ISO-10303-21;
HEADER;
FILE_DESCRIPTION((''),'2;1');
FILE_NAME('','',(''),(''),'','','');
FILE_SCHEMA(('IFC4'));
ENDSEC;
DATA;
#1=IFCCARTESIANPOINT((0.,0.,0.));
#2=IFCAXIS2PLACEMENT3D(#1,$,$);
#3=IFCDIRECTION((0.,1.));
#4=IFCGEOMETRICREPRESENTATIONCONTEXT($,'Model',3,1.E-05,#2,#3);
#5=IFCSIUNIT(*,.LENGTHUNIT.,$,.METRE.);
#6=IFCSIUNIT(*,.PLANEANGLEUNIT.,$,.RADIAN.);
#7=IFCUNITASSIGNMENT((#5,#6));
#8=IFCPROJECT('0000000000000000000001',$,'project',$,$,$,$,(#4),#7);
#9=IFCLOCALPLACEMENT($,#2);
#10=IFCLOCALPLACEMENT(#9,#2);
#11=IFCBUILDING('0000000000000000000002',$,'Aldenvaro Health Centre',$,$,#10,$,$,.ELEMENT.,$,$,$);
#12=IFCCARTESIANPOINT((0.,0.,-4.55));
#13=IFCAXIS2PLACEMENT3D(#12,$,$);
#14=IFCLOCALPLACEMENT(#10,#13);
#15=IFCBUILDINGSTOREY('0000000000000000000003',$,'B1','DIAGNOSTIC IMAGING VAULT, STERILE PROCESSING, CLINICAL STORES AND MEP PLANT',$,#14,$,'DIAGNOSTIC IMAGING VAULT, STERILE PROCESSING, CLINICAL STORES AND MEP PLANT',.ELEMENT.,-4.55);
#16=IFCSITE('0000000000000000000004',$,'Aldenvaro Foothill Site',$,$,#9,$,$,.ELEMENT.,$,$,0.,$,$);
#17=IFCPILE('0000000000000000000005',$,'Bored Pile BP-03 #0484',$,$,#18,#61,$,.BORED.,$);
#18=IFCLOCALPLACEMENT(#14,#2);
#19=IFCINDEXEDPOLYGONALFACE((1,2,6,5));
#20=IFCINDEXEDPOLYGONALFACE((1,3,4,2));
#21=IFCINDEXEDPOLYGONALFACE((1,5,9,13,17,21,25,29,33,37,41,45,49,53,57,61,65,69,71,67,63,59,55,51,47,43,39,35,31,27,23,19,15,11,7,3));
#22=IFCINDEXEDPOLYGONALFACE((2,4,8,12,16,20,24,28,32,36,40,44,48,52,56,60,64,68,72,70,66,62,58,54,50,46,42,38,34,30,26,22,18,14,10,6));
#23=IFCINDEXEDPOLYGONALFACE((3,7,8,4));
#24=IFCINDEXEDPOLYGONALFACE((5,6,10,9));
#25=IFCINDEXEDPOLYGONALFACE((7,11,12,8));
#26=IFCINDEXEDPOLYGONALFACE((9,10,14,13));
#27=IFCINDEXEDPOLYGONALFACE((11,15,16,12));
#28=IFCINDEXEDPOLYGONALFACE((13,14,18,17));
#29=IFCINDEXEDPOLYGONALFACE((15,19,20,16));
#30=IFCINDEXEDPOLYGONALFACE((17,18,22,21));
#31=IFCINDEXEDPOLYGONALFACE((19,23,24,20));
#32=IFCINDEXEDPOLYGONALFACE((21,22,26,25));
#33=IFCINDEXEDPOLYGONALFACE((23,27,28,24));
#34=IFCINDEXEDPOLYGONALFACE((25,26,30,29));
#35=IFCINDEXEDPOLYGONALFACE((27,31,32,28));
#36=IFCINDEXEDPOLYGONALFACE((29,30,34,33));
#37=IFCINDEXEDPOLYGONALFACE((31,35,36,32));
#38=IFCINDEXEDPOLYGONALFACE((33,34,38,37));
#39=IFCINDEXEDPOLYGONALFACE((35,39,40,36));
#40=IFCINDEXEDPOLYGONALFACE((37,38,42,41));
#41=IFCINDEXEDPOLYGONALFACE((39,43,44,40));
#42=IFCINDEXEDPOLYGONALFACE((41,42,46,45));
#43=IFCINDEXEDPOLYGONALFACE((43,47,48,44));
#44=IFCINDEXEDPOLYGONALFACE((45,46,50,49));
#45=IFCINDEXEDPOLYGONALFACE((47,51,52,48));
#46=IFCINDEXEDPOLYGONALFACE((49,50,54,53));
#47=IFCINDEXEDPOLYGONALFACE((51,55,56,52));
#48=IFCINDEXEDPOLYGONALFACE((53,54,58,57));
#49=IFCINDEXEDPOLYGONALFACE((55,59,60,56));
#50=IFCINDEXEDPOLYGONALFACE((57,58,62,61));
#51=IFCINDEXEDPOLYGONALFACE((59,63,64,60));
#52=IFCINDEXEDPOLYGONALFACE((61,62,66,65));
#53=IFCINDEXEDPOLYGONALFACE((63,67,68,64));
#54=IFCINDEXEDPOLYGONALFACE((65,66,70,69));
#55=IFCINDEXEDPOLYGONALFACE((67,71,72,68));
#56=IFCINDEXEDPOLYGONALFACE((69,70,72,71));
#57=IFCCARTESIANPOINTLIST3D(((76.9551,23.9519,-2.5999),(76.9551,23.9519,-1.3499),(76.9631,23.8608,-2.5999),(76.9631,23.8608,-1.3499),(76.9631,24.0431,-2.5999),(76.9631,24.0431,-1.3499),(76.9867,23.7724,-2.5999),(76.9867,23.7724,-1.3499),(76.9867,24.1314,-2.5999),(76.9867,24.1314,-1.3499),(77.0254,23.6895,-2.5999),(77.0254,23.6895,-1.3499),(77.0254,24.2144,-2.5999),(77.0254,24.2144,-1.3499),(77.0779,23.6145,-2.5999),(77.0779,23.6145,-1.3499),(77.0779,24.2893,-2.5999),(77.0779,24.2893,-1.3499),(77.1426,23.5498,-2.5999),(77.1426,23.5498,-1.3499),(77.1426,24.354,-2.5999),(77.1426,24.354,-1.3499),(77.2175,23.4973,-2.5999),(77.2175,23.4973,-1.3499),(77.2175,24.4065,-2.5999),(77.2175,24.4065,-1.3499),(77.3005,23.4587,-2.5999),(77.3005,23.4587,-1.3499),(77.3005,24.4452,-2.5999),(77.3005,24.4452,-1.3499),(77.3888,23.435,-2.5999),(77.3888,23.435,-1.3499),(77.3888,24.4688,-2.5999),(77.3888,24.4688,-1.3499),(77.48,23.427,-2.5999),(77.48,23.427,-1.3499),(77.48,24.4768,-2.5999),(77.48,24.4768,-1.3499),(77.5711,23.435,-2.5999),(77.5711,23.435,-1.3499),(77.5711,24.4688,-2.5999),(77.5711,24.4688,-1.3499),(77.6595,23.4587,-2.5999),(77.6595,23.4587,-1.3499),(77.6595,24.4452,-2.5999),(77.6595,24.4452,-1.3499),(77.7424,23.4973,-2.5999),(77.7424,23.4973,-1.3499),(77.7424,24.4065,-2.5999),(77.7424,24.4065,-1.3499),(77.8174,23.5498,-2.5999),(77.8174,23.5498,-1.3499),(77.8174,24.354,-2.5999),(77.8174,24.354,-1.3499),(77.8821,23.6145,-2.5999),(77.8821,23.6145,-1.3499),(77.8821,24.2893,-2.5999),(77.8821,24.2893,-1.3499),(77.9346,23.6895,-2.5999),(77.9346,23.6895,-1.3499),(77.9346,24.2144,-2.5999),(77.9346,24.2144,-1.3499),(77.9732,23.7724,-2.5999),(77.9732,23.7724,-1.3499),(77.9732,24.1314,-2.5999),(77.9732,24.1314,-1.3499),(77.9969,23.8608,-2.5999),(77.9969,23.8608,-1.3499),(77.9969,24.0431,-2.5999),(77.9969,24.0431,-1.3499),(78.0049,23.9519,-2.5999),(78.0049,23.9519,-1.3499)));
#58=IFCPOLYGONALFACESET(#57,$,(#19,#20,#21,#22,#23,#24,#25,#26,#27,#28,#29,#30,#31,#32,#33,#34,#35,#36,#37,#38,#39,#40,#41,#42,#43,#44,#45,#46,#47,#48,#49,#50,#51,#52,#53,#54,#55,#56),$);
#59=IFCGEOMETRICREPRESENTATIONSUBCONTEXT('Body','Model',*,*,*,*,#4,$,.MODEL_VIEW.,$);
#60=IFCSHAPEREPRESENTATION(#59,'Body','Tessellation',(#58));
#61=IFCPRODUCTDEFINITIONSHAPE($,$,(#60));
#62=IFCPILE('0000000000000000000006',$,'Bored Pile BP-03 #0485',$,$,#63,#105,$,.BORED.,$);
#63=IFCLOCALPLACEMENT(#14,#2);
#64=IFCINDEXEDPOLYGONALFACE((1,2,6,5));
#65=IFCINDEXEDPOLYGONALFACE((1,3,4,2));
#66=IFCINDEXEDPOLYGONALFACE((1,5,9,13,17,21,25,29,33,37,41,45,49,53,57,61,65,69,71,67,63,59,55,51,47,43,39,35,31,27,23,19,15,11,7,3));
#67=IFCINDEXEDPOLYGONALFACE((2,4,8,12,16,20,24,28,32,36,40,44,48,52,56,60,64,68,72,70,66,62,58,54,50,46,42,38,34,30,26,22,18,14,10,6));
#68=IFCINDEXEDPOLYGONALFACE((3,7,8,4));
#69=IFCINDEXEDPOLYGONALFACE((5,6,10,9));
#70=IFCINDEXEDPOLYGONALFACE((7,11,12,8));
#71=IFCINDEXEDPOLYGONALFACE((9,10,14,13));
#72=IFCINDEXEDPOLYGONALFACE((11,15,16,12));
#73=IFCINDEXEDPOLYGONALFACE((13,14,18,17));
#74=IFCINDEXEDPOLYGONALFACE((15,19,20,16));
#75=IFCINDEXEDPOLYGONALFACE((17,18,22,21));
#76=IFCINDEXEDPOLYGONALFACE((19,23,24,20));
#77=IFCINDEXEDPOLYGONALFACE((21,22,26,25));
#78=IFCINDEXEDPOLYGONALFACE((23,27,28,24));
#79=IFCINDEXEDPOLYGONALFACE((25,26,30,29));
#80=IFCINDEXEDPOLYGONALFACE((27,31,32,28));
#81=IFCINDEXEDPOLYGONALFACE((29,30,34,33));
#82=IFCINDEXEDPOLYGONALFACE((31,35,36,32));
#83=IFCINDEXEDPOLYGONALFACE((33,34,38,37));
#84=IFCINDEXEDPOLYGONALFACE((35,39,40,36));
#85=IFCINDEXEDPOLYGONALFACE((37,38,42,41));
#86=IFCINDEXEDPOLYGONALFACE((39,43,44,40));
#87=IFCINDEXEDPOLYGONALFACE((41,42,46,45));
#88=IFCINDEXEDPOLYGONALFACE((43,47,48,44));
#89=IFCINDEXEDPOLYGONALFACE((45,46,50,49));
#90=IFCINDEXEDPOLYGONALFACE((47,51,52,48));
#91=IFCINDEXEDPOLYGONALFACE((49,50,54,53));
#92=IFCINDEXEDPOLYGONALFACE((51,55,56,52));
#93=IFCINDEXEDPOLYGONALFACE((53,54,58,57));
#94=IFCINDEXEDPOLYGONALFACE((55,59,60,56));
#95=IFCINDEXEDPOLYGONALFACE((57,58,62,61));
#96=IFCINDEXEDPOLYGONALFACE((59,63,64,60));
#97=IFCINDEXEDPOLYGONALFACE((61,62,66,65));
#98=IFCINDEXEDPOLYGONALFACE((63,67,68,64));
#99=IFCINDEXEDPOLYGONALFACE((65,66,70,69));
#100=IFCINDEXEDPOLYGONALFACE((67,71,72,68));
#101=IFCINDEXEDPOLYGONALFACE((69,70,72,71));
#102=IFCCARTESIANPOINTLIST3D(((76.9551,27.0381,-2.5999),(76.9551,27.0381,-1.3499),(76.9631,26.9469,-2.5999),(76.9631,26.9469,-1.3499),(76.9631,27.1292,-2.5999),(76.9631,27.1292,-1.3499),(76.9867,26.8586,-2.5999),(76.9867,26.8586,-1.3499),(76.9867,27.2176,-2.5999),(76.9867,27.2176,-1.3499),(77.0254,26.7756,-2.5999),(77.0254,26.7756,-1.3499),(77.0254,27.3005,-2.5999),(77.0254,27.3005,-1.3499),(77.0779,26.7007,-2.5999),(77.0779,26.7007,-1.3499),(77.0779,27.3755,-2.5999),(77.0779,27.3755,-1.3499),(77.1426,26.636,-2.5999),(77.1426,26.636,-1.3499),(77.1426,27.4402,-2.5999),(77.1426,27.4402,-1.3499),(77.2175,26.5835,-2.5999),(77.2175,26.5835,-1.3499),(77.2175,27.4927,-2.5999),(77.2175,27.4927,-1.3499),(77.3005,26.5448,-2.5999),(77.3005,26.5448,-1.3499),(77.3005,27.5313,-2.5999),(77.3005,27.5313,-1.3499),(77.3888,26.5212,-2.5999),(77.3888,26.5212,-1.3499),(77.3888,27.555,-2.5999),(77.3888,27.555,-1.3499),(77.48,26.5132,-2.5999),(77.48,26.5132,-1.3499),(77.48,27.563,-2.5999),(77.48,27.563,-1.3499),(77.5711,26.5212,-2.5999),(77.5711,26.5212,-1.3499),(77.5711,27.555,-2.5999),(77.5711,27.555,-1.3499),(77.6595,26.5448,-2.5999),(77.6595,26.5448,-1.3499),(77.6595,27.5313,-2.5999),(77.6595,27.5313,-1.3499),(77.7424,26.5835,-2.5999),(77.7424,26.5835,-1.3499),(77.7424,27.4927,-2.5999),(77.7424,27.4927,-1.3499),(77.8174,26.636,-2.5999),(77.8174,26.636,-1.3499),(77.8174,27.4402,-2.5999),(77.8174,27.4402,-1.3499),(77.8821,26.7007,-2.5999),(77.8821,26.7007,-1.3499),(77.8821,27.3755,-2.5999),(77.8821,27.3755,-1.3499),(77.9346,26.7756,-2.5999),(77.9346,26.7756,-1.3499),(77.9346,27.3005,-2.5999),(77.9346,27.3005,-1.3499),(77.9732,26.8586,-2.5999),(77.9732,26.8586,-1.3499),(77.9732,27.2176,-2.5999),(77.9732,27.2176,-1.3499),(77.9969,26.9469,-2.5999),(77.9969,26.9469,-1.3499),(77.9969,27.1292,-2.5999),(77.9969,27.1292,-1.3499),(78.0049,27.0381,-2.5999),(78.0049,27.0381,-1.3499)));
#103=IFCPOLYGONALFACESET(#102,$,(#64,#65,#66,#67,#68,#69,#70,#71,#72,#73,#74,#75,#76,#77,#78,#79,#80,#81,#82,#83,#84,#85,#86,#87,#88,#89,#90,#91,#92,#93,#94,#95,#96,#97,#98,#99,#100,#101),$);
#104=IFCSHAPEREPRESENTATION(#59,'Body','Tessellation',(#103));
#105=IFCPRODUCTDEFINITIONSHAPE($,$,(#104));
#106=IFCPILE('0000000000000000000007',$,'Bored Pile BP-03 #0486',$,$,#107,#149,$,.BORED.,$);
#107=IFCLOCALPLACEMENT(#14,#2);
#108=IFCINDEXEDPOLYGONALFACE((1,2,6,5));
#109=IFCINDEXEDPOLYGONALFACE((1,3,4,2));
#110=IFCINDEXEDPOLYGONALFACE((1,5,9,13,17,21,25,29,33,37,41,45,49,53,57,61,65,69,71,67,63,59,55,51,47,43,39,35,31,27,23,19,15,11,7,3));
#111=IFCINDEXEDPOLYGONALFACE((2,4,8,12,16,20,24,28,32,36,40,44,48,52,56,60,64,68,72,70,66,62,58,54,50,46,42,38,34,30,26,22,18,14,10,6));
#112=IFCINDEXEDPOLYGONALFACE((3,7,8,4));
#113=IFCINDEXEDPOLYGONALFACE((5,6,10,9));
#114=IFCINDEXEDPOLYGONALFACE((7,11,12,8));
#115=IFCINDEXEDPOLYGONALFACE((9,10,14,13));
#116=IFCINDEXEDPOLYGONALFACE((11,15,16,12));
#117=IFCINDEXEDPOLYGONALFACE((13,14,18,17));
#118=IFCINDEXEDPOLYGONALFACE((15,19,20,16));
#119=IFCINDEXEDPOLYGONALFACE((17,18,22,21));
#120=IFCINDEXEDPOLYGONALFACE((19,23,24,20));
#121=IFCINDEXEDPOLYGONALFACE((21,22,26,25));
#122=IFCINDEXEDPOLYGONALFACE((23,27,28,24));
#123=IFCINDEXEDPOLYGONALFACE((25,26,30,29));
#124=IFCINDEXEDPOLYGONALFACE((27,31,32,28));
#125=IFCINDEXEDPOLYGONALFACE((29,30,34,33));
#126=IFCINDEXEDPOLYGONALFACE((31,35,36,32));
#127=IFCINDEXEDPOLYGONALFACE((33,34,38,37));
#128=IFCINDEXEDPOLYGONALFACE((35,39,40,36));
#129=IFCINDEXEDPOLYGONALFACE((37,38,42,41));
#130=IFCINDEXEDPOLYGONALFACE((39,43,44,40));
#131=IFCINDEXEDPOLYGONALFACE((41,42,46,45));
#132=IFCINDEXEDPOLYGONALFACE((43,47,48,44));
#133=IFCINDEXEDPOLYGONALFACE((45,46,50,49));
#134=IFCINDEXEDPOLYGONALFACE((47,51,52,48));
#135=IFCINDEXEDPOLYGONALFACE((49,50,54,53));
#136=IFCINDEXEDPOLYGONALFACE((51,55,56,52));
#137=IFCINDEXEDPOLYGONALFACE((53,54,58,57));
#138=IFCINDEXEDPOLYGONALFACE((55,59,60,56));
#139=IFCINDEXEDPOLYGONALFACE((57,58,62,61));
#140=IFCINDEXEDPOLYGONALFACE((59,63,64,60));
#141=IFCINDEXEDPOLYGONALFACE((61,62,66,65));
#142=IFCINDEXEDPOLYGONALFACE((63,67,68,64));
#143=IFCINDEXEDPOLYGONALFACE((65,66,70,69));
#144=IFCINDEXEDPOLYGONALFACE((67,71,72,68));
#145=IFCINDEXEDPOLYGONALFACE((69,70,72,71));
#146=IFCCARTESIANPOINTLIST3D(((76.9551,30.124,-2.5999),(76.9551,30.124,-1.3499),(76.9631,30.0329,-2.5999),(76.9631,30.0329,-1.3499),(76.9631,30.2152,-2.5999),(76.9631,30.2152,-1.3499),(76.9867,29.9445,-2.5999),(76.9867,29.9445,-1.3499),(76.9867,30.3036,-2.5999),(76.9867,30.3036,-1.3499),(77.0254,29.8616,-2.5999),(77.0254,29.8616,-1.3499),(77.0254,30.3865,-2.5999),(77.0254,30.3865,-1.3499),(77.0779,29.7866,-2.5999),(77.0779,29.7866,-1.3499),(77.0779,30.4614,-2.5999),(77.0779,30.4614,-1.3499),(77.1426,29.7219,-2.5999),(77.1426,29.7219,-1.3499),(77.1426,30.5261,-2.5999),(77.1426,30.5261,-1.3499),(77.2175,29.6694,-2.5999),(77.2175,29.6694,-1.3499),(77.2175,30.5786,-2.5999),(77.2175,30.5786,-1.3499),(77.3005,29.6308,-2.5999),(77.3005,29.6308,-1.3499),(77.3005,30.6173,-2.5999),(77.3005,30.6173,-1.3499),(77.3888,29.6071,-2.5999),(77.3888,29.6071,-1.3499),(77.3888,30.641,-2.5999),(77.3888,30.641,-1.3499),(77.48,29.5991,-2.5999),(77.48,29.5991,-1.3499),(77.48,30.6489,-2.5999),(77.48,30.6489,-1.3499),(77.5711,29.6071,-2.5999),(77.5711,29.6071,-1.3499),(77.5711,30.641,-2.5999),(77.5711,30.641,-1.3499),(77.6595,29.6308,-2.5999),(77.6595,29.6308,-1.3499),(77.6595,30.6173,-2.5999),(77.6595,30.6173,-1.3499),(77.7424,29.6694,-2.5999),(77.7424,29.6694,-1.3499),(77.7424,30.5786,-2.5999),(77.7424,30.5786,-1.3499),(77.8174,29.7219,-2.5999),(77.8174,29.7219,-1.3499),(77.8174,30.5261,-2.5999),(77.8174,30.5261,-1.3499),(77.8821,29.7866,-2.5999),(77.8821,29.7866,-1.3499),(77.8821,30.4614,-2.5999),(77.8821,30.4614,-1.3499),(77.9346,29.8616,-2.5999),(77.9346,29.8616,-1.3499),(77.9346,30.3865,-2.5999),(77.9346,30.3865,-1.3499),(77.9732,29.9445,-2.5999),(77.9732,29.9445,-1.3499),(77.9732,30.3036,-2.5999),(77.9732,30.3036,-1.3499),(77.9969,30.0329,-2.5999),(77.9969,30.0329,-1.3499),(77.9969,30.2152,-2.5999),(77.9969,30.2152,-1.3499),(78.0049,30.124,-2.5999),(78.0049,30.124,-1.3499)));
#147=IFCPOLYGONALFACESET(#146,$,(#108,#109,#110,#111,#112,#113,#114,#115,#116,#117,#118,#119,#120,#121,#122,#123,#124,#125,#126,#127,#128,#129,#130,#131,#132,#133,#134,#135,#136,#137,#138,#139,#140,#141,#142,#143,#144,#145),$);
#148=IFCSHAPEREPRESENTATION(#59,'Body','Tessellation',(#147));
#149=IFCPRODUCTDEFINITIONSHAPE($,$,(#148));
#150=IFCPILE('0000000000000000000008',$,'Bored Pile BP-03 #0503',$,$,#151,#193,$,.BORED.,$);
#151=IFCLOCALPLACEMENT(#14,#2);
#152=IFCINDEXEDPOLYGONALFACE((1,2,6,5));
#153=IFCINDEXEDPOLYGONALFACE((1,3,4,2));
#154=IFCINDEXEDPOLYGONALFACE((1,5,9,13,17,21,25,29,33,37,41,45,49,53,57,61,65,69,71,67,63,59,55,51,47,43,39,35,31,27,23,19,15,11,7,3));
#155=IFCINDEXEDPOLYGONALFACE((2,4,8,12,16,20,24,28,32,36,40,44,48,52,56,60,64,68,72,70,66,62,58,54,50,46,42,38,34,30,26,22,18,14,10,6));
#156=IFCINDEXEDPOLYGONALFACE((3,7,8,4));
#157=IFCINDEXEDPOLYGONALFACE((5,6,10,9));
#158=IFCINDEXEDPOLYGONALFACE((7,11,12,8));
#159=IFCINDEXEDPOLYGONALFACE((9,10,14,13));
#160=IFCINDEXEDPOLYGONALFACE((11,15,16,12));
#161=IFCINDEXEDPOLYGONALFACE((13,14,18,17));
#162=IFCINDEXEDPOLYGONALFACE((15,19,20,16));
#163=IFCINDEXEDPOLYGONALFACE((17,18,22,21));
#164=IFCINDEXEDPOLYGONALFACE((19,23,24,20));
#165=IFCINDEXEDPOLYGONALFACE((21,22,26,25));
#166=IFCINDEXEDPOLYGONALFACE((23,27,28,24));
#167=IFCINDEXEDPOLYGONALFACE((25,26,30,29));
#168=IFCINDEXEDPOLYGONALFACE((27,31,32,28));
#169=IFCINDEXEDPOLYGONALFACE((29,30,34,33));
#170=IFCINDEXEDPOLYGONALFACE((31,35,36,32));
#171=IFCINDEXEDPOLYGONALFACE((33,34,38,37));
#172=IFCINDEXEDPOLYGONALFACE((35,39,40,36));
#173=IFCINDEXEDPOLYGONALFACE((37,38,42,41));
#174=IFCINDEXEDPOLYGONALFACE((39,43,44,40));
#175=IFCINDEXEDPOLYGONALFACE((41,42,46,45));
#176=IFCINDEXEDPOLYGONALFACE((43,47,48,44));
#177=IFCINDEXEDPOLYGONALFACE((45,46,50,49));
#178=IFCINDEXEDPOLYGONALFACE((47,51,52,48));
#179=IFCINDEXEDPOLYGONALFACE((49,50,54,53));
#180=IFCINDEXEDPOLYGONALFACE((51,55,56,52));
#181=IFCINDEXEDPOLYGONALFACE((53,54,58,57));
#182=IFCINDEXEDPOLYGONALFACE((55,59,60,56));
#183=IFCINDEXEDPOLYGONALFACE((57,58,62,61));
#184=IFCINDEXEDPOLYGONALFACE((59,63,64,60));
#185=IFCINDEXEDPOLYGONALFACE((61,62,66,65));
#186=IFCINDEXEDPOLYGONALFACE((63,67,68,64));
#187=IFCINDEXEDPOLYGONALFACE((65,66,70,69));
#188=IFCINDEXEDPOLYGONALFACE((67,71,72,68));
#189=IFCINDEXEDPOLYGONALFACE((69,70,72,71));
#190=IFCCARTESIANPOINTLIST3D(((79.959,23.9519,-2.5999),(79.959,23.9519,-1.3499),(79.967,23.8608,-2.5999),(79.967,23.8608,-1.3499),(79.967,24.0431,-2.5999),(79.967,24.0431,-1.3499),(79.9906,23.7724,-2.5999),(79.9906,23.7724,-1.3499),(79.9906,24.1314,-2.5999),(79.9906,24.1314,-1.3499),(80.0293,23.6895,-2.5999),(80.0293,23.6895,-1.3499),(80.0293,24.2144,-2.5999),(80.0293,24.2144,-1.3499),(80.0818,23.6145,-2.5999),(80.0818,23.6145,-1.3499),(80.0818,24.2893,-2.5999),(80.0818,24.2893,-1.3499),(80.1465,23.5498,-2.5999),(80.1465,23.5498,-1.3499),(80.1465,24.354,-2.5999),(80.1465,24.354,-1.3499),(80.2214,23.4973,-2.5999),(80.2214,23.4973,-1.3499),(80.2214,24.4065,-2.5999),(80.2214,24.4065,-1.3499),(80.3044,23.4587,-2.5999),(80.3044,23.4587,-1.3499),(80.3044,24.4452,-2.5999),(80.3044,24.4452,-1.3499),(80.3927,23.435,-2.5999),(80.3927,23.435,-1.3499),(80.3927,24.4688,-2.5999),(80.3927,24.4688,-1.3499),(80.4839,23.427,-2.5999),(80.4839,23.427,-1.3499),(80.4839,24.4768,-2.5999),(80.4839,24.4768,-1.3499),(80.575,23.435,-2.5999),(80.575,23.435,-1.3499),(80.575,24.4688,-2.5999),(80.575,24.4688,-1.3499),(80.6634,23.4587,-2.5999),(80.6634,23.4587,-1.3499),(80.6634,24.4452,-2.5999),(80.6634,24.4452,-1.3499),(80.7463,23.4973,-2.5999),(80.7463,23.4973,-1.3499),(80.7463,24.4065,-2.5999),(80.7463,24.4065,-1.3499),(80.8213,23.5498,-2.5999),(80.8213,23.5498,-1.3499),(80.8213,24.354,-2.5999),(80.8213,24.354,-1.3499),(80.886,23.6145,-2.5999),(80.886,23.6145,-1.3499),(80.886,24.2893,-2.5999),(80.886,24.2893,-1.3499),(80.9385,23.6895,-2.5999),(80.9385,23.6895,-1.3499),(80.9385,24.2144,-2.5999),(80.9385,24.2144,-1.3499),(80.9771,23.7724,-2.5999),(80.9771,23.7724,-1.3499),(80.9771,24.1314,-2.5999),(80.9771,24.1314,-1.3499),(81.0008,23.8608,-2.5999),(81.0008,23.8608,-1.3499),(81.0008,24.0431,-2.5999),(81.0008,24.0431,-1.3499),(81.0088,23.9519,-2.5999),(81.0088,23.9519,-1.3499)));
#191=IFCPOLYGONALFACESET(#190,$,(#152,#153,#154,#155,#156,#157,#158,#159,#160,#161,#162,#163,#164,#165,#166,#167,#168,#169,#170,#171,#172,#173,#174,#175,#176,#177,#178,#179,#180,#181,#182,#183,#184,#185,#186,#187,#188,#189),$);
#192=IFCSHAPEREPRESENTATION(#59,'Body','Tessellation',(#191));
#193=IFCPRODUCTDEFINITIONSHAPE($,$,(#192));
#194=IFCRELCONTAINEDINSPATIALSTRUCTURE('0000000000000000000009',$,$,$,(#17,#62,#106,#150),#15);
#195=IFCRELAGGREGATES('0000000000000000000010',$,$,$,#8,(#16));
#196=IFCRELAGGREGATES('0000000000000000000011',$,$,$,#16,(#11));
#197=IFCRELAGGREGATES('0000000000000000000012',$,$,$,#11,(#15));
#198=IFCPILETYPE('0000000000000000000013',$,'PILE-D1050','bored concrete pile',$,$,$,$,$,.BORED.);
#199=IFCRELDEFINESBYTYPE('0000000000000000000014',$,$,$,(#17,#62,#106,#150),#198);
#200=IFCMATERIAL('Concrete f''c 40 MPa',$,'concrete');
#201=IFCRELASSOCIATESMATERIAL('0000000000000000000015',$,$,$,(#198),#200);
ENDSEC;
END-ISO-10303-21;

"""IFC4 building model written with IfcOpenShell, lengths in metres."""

from ifc_helpers import new_model, si_unit, direction, frame, origin, origin_2d, place, context, subcontext, project, spatial, circle, extrude, material, material_profile, profile_set, type_object, element, save


model = new_model("IFC4")

# Units and contexts
model_context = context("Model", 3, precision=1e-05, world=origin(), true_north=direction((0.0, 1.0)))
body_context = subcontext(model_context, "Body", "Model", "MODEL_VIEW")
ifc_project = project(units=[si_unit("LENGTHUNIT", "METRE"), si_unit("PLANEANGLEUNIT", "RADIAN")], contexts=[model_context])

# Site, building, storey
site_placement = place(None, origin())
site = spatial("IfcSite", under=ifc_project, at=site_placement, Name="Aldenvaro Foothill Site", CompositionType="ELEMENT", RefElevation=0.0)
building_placement = place(site_placement, origin())
building = spatial("IfcBuilding", under=site, at=building_placement, Name="Aldenvaro Health Centre", CompositionType="ELEMENT")
storey_placement = place(building_placement, frame((0.0, 0.0, -4.55)))
storey = spatial("IfcBuildingStorey", under=building, at=storey_placement, Name="B1", Description="DIAGNOSTIC IMAGING VAULT, STERILE PROCESSING, CLINICAL STORES AND MEP PLANT", LongName="DIAGNOSTIC IMAGING VAULT, STERILE PROCESSING, CLINICAL STORES AND MEP PLANT", CompositionType="ELEMENT", Elevation=-4.55)

# Piles
ifc_material_1 = material(Name="Concrete f'c 40 MPa", Category="concrete")
ifc_material_profile_1 = material_profile(ifc_material_1, circle(Radius=0.5249, at=origin_2d()), Name="PILE D1050", Category="concrete")
ifc_profile_set_1 = profile_set([ifc_material_profile_1], Name="Concrete f'c 40 MPa")
pile_type = type_object("IfcPileType", Name="PILE-D1050", Description="bored concrete pile", PredefinedType="BORED", material=ifc_profile_set_1)
for number, where, z_axis, x_axis, name in (
    (1, (77.48, 23.9519, -1.3499), (0.0, 0.0, -1.0), (1.0, 0.0, 0.0), "Bored Pile BP-03 #0484"),
    (2, (77.48, 27.0381, -1.3499), (0.0, 0.0, -1.0), (1.0, 0.0, 0.0), "Bored Pile BP-03 #0485"),
    (3, (77.48, 30.124, -1.3499), (0.0, 0.0, -1.0), (1.0, 0.0, 0.0), "Bored Pile BP-03 #0486"),
    (4, (80.4839, 23.9519, -1.3499), (0.0, 0.0, -1.0), (1.0, 0.0, 0.0), "Bored Pile BP-03 #0503"),
):
    element("IfcPile", number, at=place(storey_placement, frame(where, z_axis=z_axis, x_axis=x_axis)), inside=storey, type_object=pile_type, Name=name, PredefinedType="BORED", context=body_context, shape_type="SweptSolid", body=[
        extrude(circle(Radius=0.5249, at=origin_2d()), origin(), (0.0, 0.0, 1.0), 1.25),
    ])

save(model, "model.ifc")
